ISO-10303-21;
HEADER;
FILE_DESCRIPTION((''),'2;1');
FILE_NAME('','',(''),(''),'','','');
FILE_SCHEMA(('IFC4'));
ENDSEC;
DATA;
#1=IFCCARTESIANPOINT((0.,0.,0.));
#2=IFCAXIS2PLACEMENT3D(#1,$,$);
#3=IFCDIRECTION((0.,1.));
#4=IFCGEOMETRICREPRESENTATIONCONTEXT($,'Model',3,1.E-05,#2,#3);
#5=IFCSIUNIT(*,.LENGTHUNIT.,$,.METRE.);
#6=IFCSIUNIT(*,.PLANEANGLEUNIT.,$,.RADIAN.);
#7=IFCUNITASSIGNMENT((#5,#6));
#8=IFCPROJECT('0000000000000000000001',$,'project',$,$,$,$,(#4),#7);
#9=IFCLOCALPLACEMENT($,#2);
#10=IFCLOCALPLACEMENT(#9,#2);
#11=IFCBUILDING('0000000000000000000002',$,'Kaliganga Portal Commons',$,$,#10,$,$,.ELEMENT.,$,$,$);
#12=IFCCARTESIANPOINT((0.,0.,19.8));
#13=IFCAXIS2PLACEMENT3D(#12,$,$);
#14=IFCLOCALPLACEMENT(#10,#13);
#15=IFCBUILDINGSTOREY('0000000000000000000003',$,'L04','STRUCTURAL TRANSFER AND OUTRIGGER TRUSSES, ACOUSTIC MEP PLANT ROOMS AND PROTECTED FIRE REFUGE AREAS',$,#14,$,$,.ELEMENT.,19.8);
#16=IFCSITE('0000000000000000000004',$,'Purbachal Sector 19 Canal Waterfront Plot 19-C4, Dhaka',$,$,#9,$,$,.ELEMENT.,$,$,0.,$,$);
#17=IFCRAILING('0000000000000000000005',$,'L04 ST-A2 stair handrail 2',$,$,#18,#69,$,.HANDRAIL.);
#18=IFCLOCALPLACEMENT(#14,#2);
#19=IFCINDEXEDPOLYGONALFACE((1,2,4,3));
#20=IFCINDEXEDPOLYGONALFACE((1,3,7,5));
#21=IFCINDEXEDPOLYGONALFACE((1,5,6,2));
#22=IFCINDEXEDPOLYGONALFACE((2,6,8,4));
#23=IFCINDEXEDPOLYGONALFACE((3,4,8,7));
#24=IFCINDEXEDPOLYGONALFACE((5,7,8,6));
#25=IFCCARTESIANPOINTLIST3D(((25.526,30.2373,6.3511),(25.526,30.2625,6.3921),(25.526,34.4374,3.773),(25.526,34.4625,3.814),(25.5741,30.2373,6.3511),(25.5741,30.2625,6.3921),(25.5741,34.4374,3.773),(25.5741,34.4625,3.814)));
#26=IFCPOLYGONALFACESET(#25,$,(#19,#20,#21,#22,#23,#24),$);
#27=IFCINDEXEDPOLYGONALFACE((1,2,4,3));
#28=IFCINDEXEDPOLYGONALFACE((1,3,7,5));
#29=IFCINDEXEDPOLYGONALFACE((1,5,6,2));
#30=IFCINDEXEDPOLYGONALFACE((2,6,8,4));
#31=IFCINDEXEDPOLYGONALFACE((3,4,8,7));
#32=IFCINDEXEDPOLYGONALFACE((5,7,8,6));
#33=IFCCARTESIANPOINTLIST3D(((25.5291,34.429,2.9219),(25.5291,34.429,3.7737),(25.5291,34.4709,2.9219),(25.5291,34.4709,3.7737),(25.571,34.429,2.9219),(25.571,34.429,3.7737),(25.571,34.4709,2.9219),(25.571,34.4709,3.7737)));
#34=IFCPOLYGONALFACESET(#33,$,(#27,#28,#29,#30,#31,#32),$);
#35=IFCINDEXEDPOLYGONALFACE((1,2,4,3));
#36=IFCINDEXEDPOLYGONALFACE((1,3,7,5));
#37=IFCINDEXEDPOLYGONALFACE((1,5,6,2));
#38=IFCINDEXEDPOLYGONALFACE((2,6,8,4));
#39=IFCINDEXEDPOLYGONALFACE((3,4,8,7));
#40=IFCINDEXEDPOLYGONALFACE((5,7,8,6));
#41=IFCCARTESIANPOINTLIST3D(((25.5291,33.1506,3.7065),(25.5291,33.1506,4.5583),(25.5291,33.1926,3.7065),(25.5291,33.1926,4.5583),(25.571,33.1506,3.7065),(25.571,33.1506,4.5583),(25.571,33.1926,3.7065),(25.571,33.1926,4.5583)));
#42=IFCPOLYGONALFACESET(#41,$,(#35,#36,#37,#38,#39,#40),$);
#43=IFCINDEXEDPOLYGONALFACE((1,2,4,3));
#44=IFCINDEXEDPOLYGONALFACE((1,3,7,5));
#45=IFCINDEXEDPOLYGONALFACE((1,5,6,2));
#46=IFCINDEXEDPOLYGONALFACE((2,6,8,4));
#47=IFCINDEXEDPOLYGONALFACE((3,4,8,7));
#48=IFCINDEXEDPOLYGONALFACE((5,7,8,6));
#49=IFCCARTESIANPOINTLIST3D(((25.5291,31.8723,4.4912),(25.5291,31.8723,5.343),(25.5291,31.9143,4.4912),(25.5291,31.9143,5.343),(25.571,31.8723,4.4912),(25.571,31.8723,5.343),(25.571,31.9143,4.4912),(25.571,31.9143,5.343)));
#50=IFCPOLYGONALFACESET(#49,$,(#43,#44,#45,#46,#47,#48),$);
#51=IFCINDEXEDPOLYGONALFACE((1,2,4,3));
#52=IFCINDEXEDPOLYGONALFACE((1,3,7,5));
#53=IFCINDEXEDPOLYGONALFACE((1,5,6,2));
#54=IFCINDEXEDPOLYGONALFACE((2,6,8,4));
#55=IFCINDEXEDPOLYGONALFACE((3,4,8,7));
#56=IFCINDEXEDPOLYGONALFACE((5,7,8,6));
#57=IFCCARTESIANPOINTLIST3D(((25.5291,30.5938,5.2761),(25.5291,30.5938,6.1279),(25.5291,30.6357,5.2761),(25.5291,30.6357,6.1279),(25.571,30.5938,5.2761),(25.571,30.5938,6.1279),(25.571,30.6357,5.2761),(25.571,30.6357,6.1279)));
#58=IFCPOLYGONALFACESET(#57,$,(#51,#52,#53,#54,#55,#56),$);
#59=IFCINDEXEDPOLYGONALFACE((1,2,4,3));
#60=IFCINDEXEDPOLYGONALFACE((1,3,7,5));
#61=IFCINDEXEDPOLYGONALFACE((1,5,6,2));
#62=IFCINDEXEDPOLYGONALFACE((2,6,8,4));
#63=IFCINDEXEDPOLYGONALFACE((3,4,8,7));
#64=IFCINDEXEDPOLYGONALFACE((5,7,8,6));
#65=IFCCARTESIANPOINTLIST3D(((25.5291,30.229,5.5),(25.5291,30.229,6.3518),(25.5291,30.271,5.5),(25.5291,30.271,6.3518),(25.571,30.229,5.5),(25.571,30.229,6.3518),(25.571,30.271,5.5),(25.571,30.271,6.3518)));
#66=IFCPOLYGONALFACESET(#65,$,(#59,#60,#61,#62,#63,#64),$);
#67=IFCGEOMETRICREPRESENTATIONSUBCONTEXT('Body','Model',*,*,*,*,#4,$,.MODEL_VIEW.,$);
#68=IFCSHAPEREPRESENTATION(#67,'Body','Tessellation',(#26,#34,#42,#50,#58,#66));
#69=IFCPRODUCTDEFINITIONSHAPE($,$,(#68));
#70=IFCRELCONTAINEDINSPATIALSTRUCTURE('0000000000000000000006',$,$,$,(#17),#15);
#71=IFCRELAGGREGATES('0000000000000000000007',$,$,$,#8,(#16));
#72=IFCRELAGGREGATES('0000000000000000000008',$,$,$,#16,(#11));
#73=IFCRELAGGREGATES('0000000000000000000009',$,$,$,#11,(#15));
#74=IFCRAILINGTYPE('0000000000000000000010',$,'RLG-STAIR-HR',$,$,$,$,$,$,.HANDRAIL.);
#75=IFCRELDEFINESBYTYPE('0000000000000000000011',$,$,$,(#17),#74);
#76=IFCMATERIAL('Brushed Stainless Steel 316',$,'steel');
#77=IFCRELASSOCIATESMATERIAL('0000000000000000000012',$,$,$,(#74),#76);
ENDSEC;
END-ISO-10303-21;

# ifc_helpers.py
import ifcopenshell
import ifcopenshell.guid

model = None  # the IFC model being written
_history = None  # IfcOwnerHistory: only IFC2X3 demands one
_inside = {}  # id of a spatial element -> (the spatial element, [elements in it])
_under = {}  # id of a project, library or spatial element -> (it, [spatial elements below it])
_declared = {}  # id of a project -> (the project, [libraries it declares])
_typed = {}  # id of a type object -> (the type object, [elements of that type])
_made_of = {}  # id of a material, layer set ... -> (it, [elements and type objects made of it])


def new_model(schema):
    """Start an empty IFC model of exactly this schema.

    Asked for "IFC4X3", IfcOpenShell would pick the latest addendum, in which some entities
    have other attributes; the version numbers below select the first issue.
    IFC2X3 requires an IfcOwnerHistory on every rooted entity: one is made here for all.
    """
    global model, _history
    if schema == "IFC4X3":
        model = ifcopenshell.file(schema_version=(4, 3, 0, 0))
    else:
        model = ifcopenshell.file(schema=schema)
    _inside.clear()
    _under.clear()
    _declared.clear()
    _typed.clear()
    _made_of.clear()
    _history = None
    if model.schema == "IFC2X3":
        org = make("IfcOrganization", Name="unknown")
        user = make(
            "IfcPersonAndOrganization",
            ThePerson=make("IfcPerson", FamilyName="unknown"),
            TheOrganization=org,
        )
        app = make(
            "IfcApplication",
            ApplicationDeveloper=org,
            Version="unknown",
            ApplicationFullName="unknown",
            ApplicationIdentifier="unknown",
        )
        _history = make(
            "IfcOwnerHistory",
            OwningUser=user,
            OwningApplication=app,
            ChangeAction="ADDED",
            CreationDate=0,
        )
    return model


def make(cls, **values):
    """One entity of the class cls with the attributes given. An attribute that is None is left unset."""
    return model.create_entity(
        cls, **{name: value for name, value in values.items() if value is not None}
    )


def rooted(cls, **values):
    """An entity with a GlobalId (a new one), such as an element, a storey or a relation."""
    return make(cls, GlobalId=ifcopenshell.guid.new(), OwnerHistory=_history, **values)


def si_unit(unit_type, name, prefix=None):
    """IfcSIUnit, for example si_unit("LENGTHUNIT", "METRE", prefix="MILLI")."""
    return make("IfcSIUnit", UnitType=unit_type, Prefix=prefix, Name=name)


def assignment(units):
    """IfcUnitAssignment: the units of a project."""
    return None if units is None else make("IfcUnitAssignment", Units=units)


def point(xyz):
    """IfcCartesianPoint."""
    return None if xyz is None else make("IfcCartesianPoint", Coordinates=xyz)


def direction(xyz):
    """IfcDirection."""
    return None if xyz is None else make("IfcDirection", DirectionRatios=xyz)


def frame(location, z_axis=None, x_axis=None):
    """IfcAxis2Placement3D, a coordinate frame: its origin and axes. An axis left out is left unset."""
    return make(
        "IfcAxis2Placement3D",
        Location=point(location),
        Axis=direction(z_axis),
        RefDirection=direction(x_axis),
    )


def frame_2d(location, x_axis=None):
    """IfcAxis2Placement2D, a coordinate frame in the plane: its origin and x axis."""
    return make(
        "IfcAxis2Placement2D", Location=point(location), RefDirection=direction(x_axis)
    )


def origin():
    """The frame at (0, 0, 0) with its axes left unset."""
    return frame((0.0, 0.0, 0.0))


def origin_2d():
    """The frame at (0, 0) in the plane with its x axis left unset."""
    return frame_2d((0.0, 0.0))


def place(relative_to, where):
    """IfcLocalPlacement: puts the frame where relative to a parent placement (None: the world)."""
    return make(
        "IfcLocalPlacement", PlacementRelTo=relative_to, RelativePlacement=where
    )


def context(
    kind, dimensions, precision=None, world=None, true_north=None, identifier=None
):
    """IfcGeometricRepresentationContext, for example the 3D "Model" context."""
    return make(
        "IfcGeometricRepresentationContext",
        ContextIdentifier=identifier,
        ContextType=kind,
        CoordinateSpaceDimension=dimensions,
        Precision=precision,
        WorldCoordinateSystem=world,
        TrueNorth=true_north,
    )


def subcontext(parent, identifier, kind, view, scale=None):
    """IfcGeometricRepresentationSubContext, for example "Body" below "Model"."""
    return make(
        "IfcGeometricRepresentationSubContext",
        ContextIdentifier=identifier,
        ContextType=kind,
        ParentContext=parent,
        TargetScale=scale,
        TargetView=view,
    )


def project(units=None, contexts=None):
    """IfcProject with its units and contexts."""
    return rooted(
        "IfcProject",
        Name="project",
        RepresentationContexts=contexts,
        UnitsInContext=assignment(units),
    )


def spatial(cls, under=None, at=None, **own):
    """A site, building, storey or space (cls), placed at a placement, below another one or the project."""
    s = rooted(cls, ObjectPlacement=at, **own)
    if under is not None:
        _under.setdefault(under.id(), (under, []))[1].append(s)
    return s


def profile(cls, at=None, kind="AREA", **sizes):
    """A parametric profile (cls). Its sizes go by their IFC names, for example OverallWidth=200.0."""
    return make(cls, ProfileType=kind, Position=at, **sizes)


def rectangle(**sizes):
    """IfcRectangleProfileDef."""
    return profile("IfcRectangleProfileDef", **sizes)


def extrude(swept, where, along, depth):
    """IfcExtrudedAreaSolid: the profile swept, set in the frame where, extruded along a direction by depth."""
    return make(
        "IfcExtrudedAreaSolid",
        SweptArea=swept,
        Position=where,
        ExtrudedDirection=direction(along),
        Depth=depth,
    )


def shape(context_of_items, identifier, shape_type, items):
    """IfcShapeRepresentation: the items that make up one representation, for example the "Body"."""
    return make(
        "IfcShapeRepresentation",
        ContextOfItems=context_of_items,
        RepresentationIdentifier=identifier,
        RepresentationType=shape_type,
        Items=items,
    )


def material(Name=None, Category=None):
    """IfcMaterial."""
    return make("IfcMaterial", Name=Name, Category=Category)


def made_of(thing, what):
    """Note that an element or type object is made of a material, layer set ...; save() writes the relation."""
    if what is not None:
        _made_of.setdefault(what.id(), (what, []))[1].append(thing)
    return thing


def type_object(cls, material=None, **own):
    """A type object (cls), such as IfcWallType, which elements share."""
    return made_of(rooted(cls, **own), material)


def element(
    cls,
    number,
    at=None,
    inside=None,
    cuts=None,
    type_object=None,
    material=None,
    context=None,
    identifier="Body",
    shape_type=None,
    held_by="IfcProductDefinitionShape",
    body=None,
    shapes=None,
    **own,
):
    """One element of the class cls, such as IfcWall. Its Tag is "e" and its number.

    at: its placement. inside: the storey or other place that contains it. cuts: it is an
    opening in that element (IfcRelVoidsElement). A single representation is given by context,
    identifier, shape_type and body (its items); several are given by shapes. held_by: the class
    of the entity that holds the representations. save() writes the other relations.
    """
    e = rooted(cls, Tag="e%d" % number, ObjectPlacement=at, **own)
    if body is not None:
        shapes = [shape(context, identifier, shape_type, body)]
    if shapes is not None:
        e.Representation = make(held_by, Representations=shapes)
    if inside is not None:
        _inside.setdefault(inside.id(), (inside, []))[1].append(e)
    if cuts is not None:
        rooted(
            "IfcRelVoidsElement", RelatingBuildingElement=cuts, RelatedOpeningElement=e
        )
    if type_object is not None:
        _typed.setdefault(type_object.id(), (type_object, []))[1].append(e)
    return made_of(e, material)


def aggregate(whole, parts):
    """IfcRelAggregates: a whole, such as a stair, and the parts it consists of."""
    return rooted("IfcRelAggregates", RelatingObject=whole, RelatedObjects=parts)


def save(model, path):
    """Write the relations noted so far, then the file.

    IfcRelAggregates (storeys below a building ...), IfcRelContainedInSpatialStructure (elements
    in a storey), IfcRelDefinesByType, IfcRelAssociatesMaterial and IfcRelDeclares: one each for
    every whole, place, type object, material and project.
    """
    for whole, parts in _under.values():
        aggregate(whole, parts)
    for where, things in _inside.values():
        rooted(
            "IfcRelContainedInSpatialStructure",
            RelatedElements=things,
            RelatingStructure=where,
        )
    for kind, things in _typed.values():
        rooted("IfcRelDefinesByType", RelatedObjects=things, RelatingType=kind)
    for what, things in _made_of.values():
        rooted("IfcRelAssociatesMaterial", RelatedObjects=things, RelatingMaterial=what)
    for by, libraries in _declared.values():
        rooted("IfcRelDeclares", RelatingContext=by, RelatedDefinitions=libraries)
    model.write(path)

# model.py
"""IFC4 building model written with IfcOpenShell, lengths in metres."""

from ifc_helpers import new_model, si_unit, direction, frame, origin, origin_2d, place, context, subcontext, project, spatial, rectangle, extrude, material, type_object, element, save


model = new_model("IFC4")

# Units and contexts
model_context = context("Model", 3, precision=1e-05, world=origin(), true_north=direction((0.0, 1.0)))
body_context = subcontext(model_context, "Body", "Model", "MODEL_VIEW")
ifc_project = project(units=[si_unit("LENGTHUNIT", "METRE"), si_unit("PLANEANGLEUNIT", "RADIAN")], contexts=[model_context])

# Site, building, storey
site_placement = place(None, origin())
site = spatial("IfcSite", under=ifc_project, at=site_placement, Name="Purbachal Sector 19 Canal Waterfront Plot 19-C4, Dhaka", CompositionType="ELEMENT", RefElevation=0.0)
building_placement = place(site_placement, origin())
building = spatial("IfcBuilding", under=site, at=building_placement, Name="Kaliganga Portal Commons", CompositionType="ELEMENT")
storey_placement = place(building_placement, frame((0.0, 0.0, 19.8)))
storey = spatial("IfcBuildingStorey", under=building, at=storey_placement, Name="L04", Description="STRUCTURAL TRANSFER AND OUTRIGGER TRUSSES, ACOUSTIC MEP PLANT ROOMS AND PROTECTED FIRE REFUGE AREAS", CompositionType="ELEMENT", Elevation=19.8)

# Railing
ifc_material_1 = material(Name="Brushed Stainless Steel 316", Category="steel")
railing_type_1 = type_object("IfcRailingType", Name="RLG-STAIR-HR", PredefinedType="HANDRAIL", material=ifc_material_1)
railing_1_placement = place(storey_placement, frame((25.55, 34.45, 2.9219)))
element("IfcRailing", 1, at=railing_1_placement, inside=storey, type_object=railing_type_1, Name="L04 ST-A2 stair handrail 2", PredefinedType="HANDRAIL", context=body_context, shape_type="SweptSolid", body=[
    extrude(rectangle(XDim=0.0481, YDim=0.0481, at=origin_2d()), frame((0.0, 0.0, 0.8716), z_axis=(0.0, -0.852243, 0.523146), x_axis=(1.0, 0.0, 0.0)), (0.0, 0.0, 1.0), 4.9282),
    extrude(rectangle(XDim=0.042, YDim=0.042, at=origin_2d()), origin(), (0.0, 0.0, 1.0), 0.8518),
    extrude(rectangle(XDim=0.042, YDim=0.042, at=origin_2d()), frame((0.0, -1.2783, 0.7847)), (0.0, 0.0, 1.0), 0.8518),
    extrude(rectangle(XDim=0.042, YDim=0.042, at=origin_2d()), frame((0.0, -2.5566, 1.5693)), (0.0, 0.0, 1.0), 0.8518),
    extrude(rectangle(XDim=0.042, YDim=0.042, at=origin_2d()), frame((0.0, -3.8352, 2.3542)), (0.0, 0.0, 1.0), 0.8518),
    extrude(rectangle(XDim=0.042, YDim=0.042, at=origin_2d()), frame((0.0, -4.2, 2.5781)), (0.0, 0.0, 1.0), 0.8518),
])

save(model, "model.ifc")
